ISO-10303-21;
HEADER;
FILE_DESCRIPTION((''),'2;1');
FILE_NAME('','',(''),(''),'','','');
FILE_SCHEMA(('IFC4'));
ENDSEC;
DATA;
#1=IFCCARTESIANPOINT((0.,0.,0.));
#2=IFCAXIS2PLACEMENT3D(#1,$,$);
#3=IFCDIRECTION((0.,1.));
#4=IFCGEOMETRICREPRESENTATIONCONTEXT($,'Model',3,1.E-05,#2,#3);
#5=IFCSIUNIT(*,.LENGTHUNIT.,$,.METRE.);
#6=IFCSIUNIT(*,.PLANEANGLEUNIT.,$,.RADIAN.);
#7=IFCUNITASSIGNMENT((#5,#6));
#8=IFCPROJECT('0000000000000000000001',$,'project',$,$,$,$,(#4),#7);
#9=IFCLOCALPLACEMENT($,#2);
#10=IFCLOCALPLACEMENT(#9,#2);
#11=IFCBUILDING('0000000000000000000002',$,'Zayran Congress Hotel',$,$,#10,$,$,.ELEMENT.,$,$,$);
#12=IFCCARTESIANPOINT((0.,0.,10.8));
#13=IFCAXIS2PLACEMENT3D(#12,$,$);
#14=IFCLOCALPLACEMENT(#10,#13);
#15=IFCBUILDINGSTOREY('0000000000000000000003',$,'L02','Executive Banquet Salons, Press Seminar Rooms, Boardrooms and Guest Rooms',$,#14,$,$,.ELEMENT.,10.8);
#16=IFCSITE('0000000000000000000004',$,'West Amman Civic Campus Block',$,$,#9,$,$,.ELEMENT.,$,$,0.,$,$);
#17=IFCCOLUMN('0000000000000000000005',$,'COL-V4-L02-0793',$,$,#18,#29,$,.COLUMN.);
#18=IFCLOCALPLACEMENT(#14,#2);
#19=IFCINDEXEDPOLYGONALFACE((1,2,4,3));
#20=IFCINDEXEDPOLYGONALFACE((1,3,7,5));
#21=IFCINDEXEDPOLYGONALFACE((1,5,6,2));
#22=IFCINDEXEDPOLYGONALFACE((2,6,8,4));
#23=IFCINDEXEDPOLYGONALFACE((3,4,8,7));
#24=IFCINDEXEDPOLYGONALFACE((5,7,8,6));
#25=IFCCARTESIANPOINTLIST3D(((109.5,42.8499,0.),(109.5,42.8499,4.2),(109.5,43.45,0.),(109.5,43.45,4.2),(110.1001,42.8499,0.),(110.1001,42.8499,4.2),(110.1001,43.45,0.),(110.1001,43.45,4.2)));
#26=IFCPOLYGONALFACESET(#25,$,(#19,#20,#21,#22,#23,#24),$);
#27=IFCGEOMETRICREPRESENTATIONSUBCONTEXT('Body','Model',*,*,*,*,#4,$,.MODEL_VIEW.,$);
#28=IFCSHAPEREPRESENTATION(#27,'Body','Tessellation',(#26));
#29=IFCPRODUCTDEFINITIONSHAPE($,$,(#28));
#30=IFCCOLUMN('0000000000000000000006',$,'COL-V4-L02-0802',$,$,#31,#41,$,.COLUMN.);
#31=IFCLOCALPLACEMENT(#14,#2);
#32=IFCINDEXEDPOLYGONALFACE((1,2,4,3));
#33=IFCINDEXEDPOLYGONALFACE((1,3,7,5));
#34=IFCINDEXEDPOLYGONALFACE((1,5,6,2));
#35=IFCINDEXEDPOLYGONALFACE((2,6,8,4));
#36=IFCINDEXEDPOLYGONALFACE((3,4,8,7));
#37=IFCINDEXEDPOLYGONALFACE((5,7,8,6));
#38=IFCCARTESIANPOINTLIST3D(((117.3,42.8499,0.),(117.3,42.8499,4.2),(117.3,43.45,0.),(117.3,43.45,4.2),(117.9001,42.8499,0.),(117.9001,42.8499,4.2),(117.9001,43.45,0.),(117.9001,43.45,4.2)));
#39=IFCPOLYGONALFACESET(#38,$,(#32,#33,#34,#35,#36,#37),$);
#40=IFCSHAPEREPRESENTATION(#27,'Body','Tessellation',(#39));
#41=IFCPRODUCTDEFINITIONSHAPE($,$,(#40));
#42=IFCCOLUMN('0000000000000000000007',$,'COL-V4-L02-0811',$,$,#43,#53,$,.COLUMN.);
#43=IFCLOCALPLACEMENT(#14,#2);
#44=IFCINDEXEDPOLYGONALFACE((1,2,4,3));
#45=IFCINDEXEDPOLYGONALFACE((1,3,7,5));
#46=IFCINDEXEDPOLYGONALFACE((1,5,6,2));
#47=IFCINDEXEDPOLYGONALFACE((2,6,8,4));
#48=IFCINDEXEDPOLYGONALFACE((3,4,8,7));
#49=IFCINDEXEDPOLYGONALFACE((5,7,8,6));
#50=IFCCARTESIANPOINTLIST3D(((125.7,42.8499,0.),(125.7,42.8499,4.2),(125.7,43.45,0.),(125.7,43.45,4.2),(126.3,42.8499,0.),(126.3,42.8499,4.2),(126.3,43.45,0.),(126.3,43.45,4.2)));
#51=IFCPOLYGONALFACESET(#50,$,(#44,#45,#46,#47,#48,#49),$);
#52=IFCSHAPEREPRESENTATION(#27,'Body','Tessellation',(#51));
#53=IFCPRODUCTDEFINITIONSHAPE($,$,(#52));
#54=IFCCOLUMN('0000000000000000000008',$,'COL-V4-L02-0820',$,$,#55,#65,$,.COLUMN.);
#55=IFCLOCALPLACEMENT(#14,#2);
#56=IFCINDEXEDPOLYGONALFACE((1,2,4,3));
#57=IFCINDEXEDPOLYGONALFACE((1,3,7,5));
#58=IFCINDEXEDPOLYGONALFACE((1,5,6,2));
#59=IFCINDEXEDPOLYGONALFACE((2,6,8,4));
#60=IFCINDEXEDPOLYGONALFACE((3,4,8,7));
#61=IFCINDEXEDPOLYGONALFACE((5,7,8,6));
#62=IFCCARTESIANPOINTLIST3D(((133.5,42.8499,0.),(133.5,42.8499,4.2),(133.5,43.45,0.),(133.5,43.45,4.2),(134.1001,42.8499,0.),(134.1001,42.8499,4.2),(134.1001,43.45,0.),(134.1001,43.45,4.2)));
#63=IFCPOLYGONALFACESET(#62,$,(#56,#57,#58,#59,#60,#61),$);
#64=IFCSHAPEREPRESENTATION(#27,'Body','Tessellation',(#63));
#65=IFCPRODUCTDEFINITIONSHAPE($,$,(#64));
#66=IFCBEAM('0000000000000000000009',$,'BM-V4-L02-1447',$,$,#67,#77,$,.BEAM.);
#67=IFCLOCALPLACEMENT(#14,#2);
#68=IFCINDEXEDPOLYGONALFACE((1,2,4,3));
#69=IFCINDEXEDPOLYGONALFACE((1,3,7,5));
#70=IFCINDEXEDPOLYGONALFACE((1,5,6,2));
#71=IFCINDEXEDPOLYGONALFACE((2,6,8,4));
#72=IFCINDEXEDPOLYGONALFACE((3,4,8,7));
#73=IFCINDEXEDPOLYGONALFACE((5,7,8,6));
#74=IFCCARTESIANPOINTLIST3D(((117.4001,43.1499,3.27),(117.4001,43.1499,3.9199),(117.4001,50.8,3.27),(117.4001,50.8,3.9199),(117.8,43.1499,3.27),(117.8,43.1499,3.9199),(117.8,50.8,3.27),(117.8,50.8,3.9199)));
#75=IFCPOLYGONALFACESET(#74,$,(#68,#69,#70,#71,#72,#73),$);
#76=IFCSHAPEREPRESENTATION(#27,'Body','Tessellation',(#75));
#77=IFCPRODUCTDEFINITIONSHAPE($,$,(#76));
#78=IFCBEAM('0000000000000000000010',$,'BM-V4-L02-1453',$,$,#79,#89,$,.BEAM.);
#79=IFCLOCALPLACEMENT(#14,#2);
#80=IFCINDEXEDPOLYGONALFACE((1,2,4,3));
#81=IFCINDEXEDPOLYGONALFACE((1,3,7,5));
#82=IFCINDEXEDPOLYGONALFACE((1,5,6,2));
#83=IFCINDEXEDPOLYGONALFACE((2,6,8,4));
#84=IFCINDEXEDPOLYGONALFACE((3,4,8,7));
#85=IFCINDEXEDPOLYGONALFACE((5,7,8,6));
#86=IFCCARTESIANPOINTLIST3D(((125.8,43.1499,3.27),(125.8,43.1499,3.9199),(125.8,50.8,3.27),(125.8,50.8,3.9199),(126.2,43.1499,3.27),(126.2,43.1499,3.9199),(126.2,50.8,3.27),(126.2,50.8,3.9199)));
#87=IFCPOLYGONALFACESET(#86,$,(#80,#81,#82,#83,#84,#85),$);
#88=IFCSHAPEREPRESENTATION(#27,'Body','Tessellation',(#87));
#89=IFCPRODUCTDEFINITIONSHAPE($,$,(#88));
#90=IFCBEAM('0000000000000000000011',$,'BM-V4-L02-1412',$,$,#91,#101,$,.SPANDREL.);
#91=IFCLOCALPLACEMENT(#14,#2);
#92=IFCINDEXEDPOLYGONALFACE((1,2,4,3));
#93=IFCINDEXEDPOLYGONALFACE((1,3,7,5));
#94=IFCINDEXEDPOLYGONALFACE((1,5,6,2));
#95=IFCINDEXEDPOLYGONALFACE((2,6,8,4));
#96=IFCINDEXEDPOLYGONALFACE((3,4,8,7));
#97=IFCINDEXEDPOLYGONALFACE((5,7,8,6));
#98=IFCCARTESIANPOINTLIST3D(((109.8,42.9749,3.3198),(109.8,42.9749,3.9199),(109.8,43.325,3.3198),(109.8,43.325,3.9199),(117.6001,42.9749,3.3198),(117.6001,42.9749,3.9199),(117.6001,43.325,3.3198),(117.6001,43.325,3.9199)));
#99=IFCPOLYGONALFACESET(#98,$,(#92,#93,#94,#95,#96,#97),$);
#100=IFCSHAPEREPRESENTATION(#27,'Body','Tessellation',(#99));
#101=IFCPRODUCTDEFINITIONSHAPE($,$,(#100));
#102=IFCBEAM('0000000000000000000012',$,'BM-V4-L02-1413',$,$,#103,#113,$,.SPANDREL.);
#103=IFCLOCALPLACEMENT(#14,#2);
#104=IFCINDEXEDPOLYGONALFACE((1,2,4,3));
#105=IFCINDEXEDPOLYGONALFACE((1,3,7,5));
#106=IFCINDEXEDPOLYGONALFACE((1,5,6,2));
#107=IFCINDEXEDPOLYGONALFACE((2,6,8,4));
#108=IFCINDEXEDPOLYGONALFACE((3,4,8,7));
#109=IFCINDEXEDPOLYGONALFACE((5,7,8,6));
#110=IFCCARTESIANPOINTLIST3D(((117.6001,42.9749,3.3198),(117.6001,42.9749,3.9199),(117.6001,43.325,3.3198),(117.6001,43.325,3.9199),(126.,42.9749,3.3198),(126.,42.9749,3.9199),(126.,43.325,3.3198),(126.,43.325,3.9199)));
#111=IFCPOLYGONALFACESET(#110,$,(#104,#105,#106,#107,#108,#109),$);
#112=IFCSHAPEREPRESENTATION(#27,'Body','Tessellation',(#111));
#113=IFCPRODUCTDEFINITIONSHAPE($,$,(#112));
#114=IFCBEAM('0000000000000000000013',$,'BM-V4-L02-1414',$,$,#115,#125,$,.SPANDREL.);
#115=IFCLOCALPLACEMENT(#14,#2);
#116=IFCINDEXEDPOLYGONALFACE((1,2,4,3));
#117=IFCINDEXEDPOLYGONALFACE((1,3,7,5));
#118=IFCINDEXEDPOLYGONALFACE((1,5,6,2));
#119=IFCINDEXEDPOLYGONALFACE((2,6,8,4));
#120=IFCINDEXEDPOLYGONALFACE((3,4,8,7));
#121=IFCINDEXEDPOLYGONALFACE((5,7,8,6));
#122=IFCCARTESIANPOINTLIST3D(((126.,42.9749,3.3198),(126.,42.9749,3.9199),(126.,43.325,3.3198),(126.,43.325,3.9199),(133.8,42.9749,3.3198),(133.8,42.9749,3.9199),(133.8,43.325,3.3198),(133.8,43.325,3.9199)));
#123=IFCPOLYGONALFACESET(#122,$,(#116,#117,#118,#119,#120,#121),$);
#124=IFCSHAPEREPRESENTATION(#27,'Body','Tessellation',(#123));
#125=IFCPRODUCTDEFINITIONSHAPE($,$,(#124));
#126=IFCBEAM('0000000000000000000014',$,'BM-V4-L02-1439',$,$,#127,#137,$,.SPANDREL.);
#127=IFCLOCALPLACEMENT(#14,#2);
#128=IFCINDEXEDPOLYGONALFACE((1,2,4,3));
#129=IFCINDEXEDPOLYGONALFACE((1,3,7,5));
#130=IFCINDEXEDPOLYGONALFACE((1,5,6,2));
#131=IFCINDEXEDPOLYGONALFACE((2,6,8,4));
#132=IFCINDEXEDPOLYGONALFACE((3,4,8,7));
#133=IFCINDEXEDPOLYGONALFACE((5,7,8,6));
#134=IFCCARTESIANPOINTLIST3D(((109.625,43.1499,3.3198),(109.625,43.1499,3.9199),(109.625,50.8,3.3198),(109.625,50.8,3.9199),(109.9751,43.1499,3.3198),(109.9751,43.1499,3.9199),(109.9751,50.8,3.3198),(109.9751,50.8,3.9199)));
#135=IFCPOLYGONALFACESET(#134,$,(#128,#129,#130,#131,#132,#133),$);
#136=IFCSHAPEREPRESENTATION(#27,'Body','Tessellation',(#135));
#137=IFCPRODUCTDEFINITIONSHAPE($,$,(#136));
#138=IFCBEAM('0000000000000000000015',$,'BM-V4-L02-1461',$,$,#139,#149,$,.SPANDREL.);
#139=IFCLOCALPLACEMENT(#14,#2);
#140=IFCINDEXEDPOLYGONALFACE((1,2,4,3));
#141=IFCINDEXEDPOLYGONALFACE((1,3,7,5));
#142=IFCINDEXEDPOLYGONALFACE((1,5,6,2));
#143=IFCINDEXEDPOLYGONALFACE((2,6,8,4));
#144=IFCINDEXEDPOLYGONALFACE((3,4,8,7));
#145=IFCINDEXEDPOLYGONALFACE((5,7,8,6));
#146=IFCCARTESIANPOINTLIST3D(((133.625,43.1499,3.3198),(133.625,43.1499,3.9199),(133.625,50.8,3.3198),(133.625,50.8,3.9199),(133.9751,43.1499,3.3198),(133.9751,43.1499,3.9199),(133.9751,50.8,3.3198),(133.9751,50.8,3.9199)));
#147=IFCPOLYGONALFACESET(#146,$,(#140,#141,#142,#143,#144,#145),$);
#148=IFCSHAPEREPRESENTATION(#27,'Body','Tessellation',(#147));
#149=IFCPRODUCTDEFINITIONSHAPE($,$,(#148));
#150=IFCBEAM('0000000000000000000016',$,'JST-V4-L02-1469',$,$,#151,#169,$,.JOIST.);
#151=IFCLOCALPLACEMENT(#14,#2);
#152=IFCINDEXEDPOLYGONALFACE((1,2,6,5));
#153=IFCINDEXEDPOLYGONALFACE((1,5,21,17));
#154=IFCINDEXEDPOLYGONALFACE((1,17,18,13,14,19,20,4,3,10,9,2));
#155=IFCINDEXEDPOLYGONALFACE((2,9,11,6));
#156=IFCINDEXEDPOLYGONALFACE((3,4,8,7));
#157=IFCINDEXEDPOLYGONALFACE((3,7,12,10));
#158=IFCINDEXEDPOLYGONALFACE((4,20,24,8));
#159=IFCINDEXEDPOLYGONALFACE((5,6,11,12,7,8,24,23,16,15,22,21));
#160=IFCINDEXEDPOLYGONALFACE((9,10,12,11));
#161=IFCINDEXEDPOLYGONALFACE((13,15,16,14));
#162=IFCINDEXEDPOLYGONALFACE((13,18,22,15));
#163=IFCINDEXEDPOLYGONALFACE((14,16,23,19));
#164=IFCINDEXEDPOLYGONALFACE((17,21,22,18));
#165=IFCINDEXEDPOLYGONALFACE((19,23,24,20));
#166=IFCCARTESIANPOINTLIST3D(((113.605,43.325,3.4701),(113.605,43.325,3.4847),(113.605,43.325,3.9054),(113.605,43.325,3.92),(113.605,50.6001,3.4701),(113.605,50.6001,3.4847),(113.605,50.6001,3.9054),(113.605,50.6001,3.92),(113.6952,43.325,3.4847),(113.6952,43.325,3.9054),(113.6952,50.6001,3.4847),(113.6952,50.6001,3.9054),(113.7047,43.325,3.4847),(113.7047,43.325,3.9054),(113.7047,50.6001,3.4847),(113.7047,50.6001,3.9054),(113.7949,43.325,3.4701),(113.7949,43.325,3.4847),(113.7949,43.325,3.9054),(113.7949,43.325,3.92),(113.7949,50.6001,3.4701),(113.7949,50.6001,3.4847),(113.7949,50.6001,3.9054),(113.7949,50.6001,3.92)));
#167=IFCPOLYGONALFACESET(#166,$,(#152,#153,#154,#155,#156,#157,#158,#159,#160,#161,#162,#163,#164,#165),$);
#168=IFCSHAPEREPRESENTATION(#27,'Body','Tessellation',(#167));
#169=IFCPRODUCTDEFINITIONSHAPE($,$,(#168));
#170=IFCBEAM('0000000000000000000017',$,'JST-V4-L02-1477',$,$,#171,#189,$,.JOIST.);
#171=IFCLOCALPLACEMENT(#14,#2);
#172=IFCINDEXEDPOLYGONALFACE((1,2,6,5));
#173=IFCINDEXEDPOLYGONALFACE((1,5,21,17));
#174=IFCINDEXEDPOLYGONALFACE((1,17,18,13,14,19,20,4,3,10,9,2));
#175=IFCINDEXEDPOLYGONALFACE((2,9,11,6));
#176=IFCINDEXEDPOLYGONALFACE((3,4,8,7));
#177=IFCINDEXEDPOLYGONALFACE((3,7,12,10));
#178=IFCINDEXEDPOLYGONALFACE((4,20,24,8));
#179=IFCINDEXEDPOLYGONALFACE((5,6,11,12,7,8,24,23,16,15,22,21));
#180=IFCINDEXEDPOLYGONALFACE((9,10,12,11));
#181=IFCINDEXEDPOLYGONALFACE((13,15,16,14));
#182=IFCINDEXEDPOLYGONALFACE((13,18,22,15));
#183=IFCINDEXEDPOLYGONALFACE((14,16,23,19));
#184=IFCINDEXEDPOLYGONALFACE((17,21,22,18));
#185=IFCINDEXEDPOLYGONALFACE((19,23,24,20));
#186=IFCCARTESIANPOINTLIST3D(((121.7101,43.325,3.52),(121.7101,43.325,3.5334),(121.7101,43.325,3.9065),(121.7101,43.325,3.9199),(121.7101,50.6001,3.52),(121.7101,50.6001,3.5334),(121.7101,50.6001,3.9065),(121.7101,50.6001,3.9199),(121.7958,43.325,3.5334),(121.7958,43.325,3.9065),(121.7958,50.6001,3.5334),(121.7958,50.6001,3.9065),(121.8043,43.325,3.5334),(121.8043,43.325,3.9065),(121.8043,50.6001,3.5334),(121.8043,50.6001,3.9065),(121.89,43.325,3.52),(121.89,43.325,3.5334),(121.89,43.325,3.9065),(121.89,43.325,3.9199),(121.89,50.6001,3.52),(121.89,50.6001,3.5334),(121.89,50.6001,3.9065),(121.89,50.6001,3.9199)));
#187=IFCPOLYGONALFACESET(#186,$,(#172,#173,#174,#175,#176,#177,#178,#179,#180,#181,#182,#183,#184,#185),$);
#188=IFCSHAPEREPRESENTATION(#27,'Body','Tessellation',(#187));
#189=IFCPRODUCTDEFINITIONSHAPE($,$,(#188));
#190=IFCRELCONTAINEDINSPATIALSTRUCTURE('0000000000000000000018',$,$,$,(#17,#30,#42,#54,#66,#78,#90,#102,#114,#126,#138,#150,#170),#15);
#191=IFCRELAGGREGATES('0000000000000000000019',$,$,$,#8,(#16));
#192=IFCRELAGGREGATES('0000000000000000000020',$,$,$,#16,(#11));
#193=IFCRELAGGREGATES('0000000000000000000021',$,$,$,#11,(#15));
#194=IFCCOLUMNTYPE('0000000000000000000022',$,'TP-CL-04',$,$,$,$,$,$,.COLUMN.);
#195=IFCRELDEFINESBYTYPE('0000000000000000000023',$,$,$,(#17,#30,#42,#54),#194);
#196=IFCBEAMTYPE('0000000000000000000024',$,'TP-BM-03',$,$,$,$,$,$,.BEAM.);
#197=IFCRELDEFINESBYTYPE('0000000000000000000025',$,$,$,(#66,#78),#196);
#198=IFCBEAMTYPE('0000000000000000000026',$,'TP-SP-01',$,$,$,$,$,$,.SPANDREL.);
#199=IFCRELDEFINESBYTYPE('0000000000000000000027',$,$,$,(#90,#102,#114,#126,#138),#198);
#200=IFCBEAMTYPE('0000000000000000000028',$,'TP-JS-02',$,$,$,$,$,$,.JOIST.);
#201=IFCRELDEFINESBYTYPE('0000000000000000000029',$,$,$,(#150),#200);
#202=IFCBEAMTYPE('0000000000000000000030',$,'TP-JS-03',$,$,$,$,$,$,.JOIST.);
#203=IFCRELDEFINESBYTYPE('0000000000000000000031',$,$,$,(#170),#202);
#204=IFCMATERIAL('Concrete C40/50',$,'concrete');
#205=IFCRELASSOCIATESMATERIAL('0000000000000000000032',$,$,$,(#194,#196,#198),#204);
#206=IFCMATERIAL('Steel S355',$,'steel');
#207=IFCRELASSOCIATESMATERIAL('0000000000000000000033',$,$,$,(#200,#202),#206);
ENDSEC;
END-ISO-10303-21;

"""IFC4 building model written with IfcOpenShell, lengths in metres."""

from ifc_helpers import new_model, si_unit, direction, frame, origin, origin_2d, place, context, subcontext, project, spatial, rectangle, i_section, extrude, material, material_profile, profile_set, type_object, element, save


model = new_model("IFC4")

# Units and contexts
model_context = context("Model", 3, precision=1e-05, world=origin(), true_north=direction((0.0, 1.0)))
body_context = subcontext(model_context, "Body", "Model", "MODEL_VIEW")
ifc_project = project(units=[si_unit("LENGTHUNIT", "METRE"), si_unit("PLANEANGLEUNIT", "RADIAN")], contexts=[model_context])

# Site, building, storey
site_placement = place(None, origin())
site = spatial("IfcSite", under=ifc_project, at=site_placement, Name="West Amman Civic Campus Block", CompositionType="ELEMENT", RefElevation=0.0)
building_placement = place(site_placement, origin())
building = spatial("IfcBuilding", under=site, at=building_placement, Name="Zayran Congress Hotel", CompositionType="ELEMENT")
storey_placement = place(building_placement, frame((0.0, 0.0, 10.8)))
storey = spatial("IfcBuildingStorey", under=building, at=storey_placement, Name="L02", Description="Executive Banquet Salons, Press Seminar Rooms, Boardrooms and Guest Rooms", CompositionType="ELEMENT", Elevation=10.8)

# Columns
ifc_material_1 = material(Name="Concrete C40/50", Category="concrete")
ifc_material_profile_1 = material_profile(ifc_material_1, rectangle(XDim=0.6001, YDim=0.6001, at=origin_2d()), Name="RC 600x600")
ifc_profile_set_1 = profile_set([ifc_material_profile_1], Name="Concrete C40/50")
column_type = type_object("IfcColumnType", Name="TP-CL-04", PredefinedType="COLUMN", material=ifc_profile_set_1)
for number, where, z_axis, x_axis, name in (
    (1, (109.8, 43.1499, 0.0), (0.0, 0.0, 1.0), (1.0, 0.0, 0.0), "COL-V4-L02-0793"),
    (2, (117.6001, 43.1499, 0.0), (0.0, 0.0, 1.0), (1.0, 0.0, 0.0), "COL-V4-L02-0802"),
    (3, (126.0, 43.1499, 0.0), (0.0, 0.0, 1.0), (1.0, 0.0, 0.0), "COL-V4-L02-0811"),
    (4, (133.8, 43.1499, 0.0), (0.0, 0.0, 1.0), (1.0, 0.0, 0.0), "COL-V4-L02-0820"),
):
    element("IfcColumn", number, at=place(storey_placement, frame(where, z_axis=z_axis, x_axis=x_axis)), inside=storey, type_object=column_type, Name=name, PredefinedType="COLUMN", context=body_context, shape_type="SweptSolid", body=[
        extrude(rectangle(XDim=0.6001, YDim=0.6001, at=origin_2d()), origin(), (0.0, 0.0, 1.0), 4.2),
    ])

# Beams
ifc_material_profile_2 = material_profile(ifc_material_1, rectangle(XDim=0.3999, YDim=0.6499, at=origin_2d()), Name="RC 400x650")
ifc_profile_set_2 = profile_set([ifc_material_profile_2], Name="Concrete C40/50")
beam_type_1 = type_object("IfcBeamType", Name="TP-BM-03", PredefinedType="BEAM", material=ifc_profile_set_2)
for number, where, z_axis, x_axis, name in (
    (5, (117.6001, 43.1499, 3.595), (0.0, 1.0, 0.0), (-1.0, 0.0, 0.0), "BM-V4-L02-1447"),
    (6, (126.0, 43.1499, 3.595), (0.0, 1.0, 0.0), (-1.0, 0.0, 0.0), "BM-V4-L02-1453"),
):
    element("IfcBeam", number, at=place(storey_placement, frame(where, z_axis=z_axis, x_axis=x_axis)), inside=storey, type_object=beam_type_1, Name=name, PredefinedType="BEAM", context=body_context, shape_type="SweptSolid", body=[
        extrude(rectangle(XDim=0.3999, YDim=0.6499, at=origin_2d()), origin(), (0.0, 0.0, 1.0), 7.6501),
    ])
ifc_material_profile_3 = material_profile(ifc_material_1, rectangle(XDim=0.3501, YDim=0.6001, at=origin_2d()), Name="RC 350x600")
ifc_profile_set_3 = profile_set([ifc_material_profile_3], Name="Concrete C40/50")
beam_type_2 = type_object("IfcBeamType", Name="TP-SP-01", PredefinedType="SPANDREL", material=ifc_profile_set_3)
beam_1_placement = place(storey_placement, frame((109.8, 43.1499, 3.6199), z_axis=(1.0, 0.0, 0.0), x_axis=(0.0, 1.0, 0.0)))
element("IfcBeam", 7, at=beam_1_placement, inside=storey, type_object=beam_type_2, Name="BM-V4-L02-1412", PredefinedType="SPANDREL", context=body_context, shape_type="SweptSolid", body=[
    extrude(rectangle(XDim=0.3501, YDim=0.6001, at=origin_2d()), origin(), (0.0, 0.0, 1.0), 7.8),
])
beam_2_placement = place(storey_placement, frame((117.6001, 43.1499, 3.6199), z_axis=(1.0, 0.0, 0.0), x_axis=(0.0, 1.0, 0.0)))
element("IfcBeam", 8, at=beam_2_placement, inside=storey, type_object=beam_type_2, Name="BM-V4-L02-1413", PredefinedType="SPANDREL", context=body_context, shape_type="SweptSolid", body=[
    extrude(rectangle(XDim=0.3501, YDim=0.6001, at=origin_2d()), origin(), (0.0, 0.0, 1.0), 8.3999),
])
beam_3_placement = place(storey_placement, frame((126.0, 43.1499, 3.6199), z_axis=(1.0, 0.0, 0.0), x_axis=(0.0, 1.0, 0.0)))
element("IfcBeam", 9, at=beam_3_placement, inside=storey, type_object=beam_type_2, Name="BM-V4-L02-1414", PredefinedType="SPANDREL", context=body_context, shape_type="SweptSolid", body=[
    extrude(rectangle(XDim=0.3501, YDim=0.6001, at=origin_2d()), origin(), (0.0, 0.0, 1.0), 7.8),
])
for number, where, z_axis, x_axis, name in (
    (10, (109.8, 43.1499, 3.6199), (0.0, 1.0, 0.0), (-1.0, 0.0, 0.0), "BM-V4-L02-1439"),
    (11, (133.8, 43.1499, 3.6199), (0.0, 1.0, 0.0), (-1.0, 0.0, 0.0), "BM-V4-L02-1461"),
):
    element("IfcBeam", number, at=place(storey_placement, frame(where, z_axis=z_axis, x_axis=x_axis)), inside=storey, type_object=beam_type_2, Name=name, PredefinedType="SPANDREL", context=body_context, shape_type="SweptSolid", body=[
        extrude(rectangle(XDim=0.3501, YDim=0.6001, at=origin_2d()), origin(), (0.0, 0.0, 1.0), 7.6501),
    ])
ifc_material_2 = material(Name="Steel S355", Category="steel")
ifc_material_profile_4 = material_profile(ifc_material_2, i_section(OverallWidth=0.1899, OverallDepth=0.45, WebThickness=0.0095, FlangeThickness=0.0146, at=origin_2d()), Name="IPE 450")
ifc_profile_set_4 = profile_set([ifc_material_profile_4], Name="Steel S355")
beam_type_3 = type_object("IfcBeamType", Name="TP-JS-02", PredefinedType="JOIST", material=ifc_profile_set_4)
beam_4_placement = place(storey_placement, frame((113.7, 43.325, 3.6951), z_axis=(0.0, 1.0, 0.0), x_axis=(-1.0, 0.0, 0.0)))
element("IfcBeam", 12, at=beam_4_placement, inside=storey, type_object=beam_type_3, Name="JST-V4-L02-1469", PredefinedType="JOIST", context=body_context, shape_type="SweptSolid", body=[
    extrude(i_section(OverallWidth=0.1899, OverallDepth=0.45, WebThickness=0.0095, FlangeThickness=0.0146, at=origin_2d()), origin(), (0.0, 0.0, 1.0), 7.2751),
])
ifc_material_profile_5 = material_profile(ifc_material_2, i_section(OverallWidth=0.1799, OverallDepth=0.3999, WebThickness=0.0085, FlangeThickness=0.0134, at=origin_2d()), Name="IPE 400")
ifc_profile_set_5 = profile_set([ifc_material_profile_5], Name="Steel S355")
beam_type_4 = type_object("IfcBeamType", Name="TP-JS-03", PredefinedType="JOIST", material=ifc_profile_set_5)
beam_5_placement = place(storey_placement, frame((121.8, 43.325, 3.72), z_axis=(0.0, 1.0, 0.0), x_axis=(-1.0, 0.0, 0.0)))
element("IfcBeam", 13, at=beam_5_placement, inside=storey, type_object=beam_type_4, Name="JST-V4-L02-1477", PredefinedType="JOIST", context=body_context, shape_type="SweptSolid", body=[
    extrude(i_section(OverallWidth=0.1799, OverallDepth=0.3999, WebThickness=0.0085, FlangeThickness=0.0134, at=origin_2d()), origin(), (0.0, 0.0, 1.0), 7.2751),
])

save(model, "model.ifc")
